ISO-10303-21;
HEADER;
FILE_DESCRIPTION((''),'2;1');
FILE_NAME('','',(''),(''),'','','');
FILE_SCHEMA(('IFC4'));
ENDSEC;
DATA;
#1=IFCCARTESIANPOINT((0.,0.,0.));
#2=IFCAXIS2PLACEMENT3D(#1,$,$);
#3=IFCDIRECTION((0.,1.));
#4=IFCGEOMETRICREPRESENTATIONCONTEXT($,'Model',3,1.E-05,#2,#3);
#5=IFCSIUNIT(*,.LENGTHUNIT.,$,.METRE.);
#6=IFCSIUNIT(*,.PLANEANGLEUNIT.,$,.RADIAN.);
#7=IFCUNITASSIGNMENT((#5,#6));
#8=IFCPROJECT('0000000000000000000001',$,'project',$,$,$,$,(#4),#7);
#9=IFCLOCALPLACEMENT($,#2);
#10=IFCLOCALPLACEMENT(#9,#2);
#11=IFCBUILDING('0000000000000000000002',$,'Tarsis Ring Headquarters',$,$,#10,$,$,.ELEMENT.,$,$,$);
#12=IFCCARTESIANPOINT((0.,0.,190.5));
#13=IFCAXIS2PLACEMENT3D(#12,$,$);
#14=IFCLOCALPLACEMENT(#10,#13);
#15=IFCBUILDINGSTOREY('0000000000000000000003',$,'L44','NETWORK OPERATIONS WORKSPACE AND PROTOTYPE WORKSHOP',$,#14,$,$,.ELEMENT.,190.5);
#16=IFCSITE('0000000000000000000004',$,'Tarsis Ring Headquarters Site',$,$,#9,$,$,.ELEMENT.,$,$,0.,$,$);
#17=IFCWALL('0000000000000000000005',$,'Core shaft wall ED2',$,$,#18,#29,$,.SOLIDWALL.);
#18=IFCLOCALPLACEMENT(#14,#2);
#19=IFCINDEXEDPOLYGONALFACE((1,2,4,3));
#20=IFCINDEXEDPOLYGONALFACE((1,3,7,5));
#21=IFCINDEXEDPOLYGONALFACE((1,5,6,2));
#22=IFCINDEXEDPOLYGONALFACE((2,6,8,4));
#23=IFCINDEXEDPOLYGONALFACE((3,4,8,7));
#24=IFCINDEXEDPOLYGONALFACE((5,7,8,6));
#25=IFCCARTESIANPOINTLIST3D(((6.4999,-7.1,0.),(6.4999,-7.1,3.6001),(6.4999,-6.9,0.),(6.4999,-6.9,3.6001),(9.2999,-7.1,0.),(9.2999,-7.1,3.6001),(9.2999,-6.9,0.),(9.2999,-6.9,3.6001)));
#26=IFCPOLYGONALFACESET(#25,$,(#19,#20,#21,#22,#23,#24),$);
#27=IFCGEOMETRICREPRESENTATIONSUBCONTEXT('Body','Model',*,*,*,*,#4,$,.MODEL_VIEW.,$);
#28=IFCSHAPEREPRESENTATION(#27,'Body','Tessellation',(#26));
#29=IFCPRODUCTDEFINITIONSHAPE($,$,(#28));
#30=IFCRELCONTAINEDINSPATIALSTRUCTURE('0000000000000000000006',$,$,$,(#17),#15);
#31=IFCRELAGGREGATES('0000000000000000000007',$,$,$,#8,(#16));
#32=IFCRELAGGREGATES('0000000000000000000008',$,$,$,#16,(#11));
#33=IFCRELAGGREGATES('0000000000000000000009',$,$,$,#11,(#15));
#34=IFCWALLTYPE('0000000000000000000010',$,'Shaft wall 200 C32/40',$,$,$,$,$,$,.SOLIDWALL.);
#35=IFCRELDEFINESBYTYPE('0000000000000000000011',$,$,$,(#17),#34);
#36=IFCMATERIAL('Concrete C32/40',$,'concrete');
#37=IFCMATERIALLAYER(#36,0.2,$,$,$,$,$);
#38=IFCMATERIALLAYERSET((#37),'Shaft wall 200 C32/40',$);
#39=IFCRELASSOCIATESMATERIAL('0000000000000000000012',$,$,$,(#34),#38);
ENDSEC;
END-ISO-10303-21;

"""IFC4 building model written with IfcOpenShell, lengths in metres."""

from ifc_helpers import new_model, si_unit, direction, frame, frame_2d, origin, place, context, subcontext, project, spatial, rectangle, extrude, material, layer, layer_set, type_object, element, save


model = new_model("IFC4")

# Units and contexts
model_context = context("Model", 3, precision=1e-05, world=origin(), true_north=direction((0.0, 1.0)))
body_context = subcontext(model_context, "Body", "Model", "MODEL_VIEW")
ifc_project = project(units=[si_unit("LENGTHUNIT", "METRE"), si_unit("PLANEANGLEUNIT", "RADIAN")], contexts=[model_context])

# Site, building, storey
site_placement = place(None, origin())
site = spatial("IfcSite", under=ifc_project, at=site_placement, Name="Tarsis Ring Headquarters Site", CompositionType="ELEMENT", RefElevation=0.0)
building_placement = place(site_placement, origin())
building = spatial("IfcBuilding", under=site, at=building_placement, Name="Tarsis Ring Headquarters", CompositionType="ELEMENT")
storey_placement = place(building_placement, frame((0.0, 0.0, 190.5)))
storey = spatial("IfcBuildingStorey", under=building, at=storey_placement, Name="L44", Description="NETWORK OPERATIONS WORKSPACE AND PROTOTYPE WORKSHOP", CompositionType="ELEMENT", Elevation=190.5)

# Wall
ifc_material_1 = material(Name="Concrete C32/40", Category="concrete")
ifc_layer_1 = layer(ifc_material_1, 0.2)
ifc_layer_set_1 = layer_set([ifc_layer_1], Name="Shaft wall 200 C32/40")
wall_type_1 = type_object("IfcWallType", Name="Shaft wall 200 C32/40", PredefinedType="SOLIDWALL", material=ifc_layer_set_1)
wall_1_placement = place(storey_placement, frame((6.5, -7.0, 0.0), z_axis=(0.0, 0.0, 1.0), x_axis=(1.0, 0.0, 0.0)))
element("IfcWall", 1, at=wall_1_placement, inside=storey, type_object=wall_type_1, Name="Core shaft wall ED2", PredefinedType="SOLIDWALL", context=body_context, shape_type="SweptSolid", body=[
    extrude(rectangle(XDim=2.8, YDim=0.2, at=frame_2d((1.3999, 0.0))), origin(), (0.0, 0.0, 1.0), 3.6001),
])

save(model, "model.ifc")
